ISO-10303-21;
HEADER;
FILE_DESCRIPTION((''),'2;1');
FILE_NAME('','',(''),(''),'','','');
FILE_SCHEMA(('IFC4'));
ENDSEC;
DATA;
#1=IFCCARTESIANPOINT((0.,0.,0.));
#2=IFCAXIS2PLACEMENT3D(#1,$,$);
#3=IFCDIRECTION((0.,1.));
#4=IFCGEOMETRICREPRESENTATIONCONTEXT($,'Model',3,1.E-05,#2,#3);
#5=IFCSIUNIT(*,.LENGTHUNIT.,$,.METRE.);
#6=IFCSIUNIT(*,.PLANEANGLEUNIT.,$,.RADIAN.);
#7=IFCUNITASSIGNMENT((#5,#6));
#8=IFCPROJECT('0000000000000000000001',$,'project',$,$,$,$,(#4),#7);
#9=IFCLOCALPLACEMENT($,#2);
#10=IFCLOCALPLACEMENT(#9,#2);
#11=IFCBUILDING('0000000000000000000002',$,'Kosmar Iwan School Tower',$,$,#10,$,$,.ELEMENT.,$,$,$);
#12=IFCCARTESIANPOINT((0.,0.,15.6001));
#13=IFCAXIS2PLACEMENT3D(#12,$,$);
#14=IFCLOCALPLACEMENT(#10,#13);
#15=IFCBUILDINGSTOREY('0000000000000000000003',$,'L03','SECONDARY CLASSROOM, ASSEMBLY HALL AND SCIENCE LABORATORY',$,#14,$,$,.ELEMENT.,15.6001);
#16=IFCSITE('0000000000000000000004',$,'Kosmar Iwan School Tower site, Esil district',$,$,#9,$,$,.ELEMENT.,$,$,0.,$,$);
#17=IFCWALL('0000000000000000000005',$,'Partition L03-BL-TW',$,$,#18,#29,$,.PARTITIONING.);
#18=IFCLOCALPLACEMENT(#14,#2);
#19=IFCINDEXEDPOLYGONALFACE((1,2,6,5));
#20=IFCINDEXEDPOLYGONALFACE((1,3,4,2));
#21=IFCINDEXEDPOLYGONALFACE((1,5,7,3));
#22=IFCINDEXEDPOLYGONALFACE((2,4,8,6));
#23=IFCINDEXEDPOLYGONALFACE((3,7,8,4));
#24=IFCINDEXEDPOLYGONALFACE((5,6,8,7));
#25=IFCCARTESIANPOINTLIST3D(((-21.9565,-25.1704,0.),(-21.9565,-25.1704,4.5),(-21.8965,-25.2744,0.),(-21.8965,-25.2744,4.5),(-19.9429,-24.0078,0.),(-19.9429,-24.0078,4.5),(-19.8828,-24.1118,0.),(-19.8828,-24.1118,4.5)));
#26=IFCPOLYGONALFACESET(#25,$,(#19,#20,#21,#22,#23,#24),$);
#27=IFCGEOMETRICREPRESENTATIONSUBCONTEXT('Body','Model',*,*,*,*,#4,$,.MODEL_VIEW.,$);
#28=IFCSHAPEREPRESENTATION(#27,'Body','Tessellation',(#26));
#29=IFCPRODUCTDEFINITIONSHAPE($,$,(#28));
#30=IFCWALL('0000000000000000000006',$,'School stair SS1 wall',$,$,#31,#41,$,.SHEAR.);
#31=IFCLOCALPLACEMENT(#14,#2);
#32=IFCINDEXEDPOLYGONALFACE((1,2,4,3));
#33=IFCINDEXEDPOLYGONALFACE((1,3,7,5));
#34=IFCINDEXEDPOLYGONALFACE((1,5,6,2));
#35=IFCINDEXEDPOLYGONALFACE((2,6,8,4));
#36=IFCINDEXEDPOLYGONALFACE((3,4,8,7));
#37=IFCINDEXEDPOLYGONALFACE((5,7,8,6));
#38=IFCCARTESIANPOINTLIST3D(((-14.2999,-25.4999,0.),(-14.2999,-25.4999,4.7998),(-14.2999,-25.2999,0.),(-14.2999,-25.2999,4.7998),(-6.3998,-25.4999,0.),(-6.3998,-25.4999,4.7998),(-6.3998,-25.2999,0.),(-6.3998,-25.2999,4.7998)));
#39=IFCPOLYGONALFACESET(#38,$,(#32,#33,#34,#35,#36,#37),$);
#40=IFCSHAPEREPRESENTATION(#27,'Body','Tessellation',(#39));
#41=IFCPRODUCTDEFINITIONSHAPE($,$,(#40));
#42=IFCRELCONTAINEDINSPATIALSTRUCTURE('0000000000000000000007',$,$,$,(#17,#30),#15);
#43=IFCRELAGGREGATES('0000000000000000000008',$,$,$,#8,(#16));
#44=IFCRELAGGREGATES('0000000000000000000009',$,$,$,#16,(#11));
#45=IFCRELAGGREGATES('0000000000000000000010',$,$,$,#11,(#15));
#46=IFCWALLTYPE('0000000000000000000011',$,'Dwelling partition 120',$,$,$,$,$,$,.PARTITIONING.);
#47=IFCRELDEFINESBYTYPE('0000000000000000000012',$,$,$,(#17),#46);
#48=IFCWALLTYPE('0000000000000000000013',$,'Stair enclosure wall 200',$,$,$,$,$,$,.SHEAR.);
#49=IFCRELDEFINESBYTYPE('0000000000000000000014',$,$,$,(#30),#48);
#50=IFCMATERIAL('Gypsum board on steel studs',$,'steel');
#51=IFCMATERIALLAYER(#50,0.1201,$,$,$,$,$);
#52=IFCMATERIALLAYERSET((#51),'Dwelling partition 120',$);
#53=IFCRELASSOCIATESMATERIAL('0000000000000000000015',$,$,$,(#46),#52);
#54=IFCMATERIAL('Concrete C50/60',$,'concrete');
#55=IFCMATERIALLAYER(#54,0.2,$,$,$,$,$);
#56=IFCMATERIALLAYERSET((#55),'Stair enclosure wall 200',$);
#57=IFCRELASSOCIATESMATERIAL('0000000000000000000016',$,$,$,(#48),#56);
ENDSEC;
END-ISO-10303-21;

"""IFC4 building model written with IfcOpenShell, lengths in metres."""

from ifc_helpers import new_model, si_unit, direction, frame, frame_2d, origin, place, context, subcontext, project, spatial, rectangle, extrude, material, layer, layer_set, type_object, element, save


model = new_model("IFC4")

# Units and contexts
model_context = context("Model", 3, precision=1e-05, world=origin(), true_north=direction((0.0, 1.0)))
body_context = subcontext(model_context, "Body", "Model", "MODEL_VIEW")
ifc_project = project(units=[si_unit("LENGTHUNIT", "METRE"), si_unit("PLANEANGLEUNIT", "RADIAN")], contexts=[model_context])

# Site, building, storey
site_placement = place(None, origin())
site = spatial("IfcSite", under=ifc_project, at=site_placement, Name="Kosmar Iwan School Tower site, Esil district", CompositionType="ELEMENT", RefElevation=0.0)
building_placement = place(site_placement, origin())
building = spatial("IfcBuilding", under=site, at=building_placement, Name="Kosmar Iwan School Tower", CompositionType="ELEMENT")
storey_placement = place(building_placement, frame((0.0, 0.0, 15.6001)))
storey = spatial("IfcBuildingStorey", under=building, at=storey_placement, Name="L03", Description="SECONDARY CLASSROOM, ASSEMBLY HALL AND SCIENCE LABORATORY", CompositionType="ELEMENT", Elevation=15.6001)

# Walls
ifc_material_1 = material(Name="Gypsum board on steel studs", Category="steel")
ifc_layer_1 = layer(ifc_material_1, 0.1201)
ifc_layer_set_1 = layer_set([ifc_layer_1], Name="Dwelling partition 120")
wall_type_1 = type_object("IfcWallType", Name="Dwelling partition 120", PredefinedType="PARTITIONING", material=ifc_layer_set_1)
wall_1_placement = place(storey_placement, frame((-19.9128, -24.0598, 0.0), z_axis=(0.0, 0.0, 1.0), x_axis=(-0.866025, -0.500001, 0.0)))
element("IfcWall", 1, at=wall_1_placement, inside=storey, type_object=wall_type_1, Name="Partition L03-BL-TW", PredefinedType="PARTITIONING", context=body_context, shape_type="SweptSolid", body=[
    extrude(rectangle(XDim=2.3252, YDim=0.1201, at=frame_2d((1.1626, 0.0))), origin(), (0.0, 0.0, 1.0), 4.5),
])
ifc_material_2 = material(Name="Concrete C50/60", Category="concrete")
ifc_layer_2 = layer(ifc_material_2, 0.2)
ifc_layer_set_2 = layer_set([ifc_layer_2], Name="Stair enclosure wall 200")
wall_type_2 = type_object("IfcWallType", Name="Stair enclosure wall 200", PredefinedType="SHEAR", material=ifc_layer_set_2)
wall_2_placement = place(storey_placement, frame((-14.3, -25.3999, 0.0), z_axis=(0.0, 0.0, 1.0), x_axis=(1.0, 0.0, 0.0)))
element("IfcWall", 2, at=wall_2_placement, inside=storey, type_object=wall_type_2, Name="School stair SS1 wall", PredefinedType="SHEAR", context=body_context, shape_type="SweptSolid", body=[
    extrude(rectangle(XDim=7.9001, YDim=0.2, at=frame_2d((3.9502, 0.0))), origin(), (0.0, 0.0, 1.0), 4.7998),
])

save(model, "model.ifc")
